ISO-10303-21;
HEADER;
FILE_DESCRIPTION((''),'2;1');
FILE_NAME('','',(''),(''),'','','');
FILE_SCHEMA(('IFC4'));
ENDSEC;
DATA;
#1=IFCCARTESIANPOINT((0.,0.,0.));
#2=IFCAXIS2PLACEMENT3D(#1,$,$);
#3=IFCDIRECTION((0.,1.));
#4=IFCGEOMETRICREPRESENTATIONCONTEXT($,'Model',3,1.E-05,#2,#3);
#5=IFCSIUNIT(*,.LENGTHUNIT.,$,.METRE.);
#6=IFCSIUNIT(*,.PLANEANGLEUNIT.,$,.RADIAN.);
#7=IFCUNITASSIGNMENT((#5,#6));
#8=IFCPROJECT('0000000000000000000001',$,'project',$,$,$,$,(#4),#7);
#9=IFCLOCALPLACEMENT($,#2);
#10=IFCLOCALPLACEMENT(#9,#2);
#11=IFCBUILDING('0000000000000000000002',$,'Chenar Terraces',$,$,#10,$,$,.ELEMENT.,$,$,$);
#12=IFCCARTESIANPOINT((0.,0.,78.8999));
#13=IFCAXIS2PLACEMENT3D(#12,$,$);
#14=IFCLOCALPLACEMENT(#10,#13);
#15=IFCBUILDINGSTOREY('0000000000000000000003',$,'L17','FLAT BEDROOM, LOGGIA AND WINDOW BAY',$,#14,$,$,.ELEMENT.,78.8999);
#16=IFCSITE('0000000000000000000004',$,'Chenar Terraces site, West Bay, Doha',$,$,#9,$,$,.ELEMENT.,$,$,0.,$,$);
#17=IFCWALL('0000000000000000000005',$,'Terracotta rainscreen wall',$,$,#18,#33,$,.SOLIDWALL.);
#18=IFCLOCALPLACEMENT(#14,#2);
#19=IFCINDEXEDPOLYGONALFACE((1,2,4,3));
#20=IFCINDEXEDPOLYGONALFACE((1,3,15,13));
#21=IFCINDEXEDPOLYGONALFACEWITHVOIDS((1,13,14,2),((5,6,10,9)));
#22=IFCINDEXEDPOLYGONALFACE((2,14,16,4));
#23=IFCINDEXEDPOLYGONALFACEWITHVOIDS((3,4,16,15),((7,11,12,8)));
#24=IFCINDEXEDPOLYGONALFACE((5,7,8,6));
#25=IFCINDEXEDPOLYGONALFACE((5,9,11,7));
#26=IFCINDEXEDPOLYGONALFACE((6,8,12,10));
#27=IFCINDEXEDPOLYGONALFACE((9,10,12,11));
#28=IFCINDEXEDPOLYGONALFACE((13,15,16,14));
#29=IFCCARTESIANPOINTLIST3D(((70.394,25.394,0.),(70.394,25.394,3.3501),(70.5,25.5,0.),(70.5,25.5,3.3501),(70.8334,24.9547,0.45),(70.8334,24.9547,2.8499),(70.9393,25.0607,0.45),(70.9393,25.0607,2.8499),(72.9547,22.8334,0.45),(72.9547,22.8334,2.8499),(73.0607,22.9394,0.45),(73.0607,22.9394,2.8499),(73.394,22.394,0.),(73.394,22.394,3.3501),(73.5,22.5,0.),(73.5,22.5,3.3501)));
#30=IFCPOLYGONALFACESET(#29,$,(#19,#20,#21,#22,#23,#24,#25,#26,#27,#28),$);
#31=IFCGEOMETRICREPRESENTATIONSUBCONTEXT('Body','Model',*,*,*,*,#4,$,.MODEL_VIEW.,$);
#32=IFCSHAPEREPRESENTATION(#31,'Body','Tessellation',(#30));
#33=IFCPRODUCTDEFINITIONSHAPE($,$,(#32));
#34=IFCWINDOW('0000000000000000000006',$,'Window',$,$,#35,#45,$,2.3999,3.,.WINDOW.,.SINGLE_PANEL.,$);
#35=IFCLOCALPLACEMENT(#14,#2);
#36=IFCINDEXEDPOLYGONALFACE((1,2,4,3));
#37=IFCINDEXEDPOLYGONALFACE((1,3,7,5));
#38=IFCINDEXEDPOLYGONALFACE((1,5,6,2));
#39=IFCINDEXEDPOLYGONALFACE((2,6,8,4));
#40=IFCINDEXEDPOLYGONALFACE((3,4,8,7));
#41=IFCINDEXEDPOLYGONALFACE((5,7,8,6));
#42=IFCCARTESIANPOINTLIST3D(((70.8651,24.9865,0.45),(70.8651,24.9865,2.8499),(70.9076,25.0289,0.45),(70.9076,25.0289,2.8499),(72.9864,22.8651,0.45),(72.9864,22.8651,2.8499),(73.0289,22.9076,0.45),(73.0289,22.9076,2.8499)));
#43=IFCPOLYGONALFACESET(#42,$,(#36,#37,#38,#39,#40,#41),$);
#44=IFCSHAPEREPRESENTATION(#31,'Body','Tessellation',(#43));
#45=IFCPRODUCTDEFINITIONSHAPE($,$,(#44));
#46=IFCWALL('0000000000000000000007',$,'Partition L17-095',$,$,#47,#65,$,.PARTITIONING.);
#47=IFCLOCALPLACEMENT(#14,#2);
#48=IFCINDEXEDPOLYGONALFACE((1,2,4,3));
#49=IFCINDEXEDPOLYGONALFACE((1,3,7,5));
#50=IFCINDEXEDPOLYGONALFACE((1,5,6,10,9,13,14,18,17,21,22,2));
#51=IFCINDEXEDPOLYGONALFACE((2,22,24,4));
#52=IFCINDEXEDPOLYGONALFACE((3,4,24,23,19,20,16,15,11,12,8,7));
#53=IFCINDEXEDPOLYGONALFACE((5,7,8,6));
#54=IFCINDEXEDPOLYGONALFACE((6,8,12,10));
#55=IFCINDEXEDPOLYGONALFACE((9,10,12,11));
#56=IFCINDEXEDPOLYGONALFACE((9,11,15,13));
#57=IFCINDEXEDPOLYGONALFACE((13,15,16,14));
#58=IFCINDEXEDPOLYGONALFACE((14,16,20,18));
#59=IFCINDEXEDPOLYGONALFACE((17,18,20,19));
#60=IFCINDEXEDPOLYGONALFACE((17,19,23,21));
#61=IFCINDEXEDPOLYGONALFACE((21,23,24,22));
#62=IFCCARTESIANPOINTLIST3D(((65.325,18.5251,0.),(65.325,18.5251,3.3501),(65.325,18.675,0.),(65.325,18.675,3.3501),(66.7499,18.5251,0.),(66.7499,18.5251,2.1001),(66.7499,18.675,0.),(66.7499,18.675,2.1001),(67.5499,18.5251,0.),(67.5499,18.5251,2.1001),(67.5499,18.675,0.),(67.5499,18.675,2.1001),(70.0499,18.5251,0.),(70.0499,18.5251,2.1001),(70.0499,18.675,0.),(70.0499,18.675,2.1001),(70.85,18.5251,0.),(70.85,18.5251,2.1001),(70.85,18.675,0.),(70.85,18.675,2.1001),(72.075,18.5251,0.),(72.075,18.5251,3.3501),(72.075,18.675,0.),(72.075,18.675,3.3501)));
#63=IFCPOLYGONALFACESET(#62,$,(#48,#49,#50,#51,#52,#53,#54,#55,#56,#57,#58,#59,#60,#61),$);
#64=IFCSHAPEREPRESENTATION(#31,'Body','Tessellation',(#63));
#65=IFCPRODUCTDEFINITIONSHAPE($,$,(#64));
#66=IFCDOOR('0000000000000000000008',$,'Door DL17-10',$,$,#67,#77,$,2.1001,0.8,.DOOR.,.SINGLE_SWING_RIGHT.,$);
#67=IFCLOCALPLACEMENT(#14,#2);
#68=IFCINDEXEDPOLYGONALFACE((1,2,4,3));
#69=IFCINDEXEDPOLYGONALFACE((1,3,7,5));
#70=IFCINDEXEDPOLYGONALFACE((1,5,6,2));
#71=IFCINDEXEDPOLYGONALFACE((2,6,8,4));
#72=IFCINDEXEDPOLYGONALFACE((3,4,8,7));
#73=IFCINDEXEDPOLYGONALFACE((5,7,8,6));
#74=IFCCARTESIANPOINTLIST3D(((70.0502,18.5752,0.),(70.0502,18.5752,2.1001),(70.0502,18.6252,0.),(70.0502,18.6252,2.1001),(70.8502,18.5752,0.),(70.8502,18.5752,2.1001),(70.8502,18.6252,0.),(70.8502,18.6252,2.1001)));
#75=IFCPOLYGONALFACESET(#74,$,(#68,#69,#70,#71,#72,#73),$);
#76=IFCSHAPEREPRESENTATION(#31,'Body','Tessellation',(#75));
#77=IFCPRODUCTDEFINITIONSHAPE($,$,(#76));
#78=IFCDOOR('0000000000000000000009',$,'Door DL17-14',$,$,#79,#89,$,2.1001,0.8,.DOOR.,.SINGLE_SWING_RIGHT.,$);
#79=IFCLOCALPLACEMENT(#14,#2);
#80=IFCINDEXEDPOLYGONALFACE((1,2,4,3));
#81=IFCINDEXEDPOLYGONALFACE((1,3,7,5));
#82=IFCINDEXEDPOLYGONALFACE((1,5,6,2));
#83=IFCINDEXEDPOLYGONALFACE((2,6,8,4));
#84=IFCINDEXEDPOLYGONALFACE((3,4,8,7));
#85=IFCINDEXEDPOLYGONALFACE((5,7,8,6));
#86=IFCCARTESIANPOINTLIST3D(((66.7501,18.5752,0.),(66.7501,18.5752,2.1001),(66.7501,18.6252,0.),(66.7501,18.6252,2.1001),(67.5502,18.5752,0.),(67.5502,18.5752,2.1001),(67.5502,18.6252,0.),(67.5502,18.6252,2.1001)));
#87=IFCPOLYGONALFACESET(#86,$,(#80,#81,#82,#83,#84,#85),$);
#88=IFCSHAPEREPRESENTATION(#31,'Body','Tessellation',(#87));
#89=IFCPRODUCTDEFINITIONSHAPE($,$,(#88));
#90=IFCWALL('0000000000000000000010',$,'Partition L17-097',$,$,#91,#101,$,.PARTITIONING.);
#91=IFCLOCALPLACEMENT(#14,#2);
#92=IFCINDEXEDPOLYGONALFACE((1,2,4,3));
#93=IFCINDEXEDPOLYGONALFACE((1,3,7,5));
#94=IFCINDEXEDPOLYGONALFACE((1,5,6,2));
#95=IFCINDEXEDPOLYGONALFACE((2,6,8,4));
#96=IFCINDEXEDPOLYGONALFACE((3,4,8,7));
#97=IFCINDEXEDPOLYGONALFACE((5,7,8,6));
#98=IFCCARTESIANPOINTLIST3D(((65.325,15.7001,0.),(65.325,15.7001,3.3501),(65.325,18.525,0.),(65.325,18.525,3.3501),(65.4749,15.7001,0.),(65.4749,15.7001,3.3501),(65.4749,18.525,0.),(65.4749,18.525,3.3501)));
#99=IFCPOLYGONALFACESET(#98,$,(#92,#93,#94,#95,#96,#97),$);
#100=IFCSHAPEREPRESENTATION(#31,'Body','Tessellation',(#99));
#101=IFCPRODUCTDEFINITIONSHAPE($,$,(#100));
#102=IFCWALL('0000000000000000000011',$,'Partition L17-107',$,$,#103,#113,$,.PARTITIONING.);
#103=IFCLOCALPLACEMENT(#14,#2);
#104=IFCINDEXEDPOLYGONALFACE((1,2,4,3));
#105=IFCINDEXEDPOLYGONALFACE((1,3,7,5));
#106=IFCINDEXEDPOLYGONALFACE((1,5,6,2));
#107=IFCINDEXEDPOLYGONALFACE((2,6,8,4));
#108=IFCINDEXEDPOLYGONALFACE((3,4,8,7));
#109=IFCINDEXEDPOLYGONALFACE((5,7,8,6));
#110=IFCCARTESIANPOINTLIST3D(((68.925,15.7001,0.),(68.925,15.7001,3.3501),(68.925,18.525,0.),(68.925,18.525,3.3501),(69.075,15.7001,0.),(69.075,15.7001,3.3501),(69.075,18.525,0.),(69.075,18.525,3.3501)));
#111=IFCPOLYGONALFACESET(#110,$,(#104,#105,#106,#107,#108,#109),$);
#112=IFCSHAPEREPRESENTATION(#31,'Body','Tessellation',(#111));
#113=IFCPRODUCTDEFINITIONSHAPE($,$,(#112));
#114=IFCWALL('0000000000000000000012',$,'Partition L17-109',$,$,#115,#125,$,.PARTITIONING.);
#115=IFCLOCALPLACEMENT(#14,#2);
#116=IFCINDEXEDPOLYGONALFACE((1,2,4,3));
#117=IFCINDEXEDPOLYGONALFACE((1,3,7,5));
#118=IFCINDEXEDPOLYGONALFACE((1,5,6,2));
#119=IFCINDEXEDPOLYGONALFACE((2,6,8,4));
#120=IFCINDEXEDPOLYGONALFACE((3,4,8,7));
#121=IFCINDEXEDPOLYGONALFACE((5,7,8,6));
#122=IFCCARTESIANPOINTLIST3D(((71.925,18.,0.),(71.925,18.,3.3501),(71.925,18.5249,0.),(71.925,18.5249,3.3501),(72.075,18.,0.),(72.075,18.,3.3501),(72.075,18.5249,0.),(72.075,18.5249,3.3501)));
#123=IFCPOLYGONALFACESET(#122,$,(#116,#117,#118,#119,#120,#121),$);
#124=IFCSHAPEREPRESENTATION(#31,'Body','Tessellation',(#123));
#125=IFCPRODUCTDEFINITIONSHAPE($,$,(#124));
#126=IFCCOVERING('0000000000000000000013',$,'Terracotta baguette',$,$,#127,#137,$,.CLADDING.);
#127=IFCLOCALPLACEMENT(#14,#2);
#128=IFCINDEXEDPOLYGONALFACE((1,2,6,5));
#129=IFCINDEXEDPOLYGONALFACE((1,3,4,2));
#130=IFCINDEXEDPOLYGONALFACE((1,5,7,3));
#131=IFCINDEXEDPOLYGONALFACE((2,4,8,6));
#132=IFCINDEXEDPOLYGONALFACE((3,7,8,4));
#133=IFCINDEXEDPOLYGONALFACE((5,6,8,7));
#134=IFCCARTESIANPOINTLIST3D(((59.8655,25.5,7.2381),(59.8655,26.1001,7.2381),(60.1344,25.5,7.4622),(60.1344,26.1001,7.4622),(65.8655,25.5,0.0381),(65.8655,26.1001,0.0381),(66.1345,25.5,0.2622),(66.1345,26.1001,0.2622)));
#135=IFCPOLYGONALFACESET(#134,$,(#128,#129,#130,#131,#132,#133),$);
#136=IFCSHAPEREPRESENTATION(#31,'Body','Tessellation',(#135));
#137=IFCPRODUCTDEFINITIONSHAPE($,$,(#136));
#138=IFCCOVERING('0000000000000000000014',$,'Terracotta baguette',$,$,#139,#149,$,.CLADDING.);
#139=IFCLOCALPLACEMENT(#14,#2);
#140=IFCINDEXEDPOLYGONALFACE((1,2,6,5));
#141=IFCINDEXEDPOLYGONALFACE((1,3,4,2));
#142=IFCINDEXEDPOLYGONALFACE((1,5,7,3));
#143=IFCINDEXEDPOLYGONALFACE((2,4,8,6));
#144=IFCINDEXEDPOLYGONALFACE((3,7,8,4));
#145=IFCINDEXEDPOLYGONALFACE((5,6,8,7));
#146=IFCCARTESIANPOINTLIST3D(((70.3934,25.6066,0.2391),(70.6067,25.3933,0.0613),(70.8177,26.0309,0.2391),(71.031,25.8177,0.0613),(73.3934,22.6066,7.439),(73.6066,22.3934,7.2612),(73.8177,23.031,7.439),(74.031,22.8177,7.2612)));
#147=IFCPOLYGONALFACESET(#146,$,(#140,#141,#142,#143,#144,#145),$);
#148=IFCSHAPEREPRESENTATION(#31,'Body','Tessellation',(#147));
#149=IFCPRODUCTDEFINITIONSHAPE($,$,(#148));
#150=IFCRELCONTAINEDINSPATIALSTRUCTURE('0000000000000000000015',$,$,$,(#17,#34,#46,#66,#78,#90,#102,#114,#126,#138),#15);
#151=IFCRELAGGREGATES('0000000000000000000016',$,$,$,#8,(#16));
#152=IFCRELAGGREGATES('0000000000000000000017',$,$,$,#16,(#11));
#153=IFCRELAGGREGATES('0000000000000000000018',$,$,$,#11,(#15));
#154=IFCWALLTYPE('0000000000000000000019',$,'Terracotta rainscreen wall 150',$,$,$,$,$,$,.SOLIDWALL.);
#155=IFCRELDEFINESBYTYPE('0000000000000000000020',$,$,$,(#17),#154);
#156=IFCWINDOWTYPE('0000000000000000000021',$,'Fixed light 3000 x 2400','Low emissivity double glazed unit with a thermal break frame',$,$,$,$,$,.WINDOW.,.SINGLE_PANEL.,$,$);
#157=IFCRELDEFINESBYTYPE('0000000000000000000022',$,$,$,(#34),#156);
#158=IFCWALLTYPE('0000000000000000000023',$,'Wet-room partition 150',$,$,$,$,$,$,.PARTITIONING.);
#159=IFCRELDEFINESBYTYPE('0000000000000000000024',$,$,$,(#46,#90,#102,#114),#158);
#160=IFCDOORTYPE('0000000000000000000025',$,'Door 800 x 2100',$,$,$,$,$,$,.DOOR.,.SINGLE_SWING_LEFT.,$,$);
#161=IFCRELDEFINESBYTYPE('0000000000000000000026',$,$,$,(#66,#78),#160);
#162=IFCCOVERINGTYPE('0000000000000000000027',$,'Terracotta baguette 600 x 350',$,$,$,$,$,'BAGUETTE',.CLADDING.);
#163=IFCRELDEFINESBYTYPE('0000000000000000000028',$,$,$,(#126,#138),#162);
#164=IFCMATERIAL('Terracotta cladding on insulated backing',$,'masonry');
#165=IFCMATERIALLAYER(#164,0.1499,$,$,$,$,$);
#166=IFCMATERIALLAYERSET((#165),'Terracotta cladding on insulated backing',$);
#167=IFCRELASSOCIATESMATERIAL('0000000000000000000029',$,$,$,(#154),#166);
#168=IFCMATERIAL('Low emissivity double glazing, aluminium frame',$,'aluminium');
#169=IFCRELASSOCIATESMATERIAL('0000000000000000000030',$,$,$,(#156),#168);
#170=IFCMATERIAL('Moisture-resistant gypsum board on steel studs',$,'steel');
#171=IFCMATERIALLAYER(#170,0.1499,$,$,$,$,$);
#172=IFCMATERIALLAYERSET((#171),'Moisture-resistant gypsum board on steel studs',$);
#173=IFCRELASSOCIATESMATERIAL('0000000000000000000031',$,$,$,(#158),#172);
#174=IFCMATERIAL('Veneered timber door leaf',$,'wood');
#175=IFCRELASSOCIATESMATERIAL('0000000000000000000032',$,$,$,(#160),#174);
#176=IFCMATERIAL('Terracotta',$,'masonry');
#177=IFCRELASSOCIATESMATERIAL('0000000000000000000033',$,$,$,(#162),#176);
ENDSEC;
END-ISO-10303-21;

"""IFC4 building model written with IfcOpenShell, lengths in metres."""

from ifc_helpers import new_model, si_unit, direction, frame, frame_2d, origin, origin_2d, place, context, subcontext, project, spatial, rectangle, extrude, material, layer, layer_set, material_profile, profile_set, type_object, element, fill, save


model = new_model("IFC4")

# Units and contexts
model_context = context("Model", 3, precision=1e-05, world=origin(), true_north=direction((0.0, 1.0)))
body_context = subcontext(model_context, "Body", "Model", "MODEL_VIEW")
ifc_project = project(units=[si_unit("LENGTHUNIT", "METRE"), si_unit("PLANEANGLEUNIT", "RADIAN")], contexts=[model_context])

# Site, building, storey
site_placement = place(None, origin())
site = spatial("IfcSite", under=ifc_project, at=site_placement, Name="Chenar Terraces site, West Bay, Doha", CompositionType="ELEMENT", RefElevation=0.0)
building_placement = place(site_placement, origin())
building = spatial("IfcBuilding", under=site, at=building_placement, Name="Chenar Terraces", CompositionType="ELEMENT")
storey_placement = place(building_placement, frame((0.0, 0.0, 78.8999)))
storey = spatial("IfcBuildingStorey", under=building, at=storey_placement, Name="L17", Description="FLAT BEDROOM, LOGGIA AND WINDOW BAY", CompositionType="ELEMENT", Elevation=78.8999)

# Wall, opening, window
ifc_material_1 = material(Name="Terracotta cladding on insulated backing", Category="masonry")
ifc_layer_1 = layer(ifc_material_1, 0.1499)
ifc_layer_set_1 = layer_set([ifc_layer_1], Name="Terracotta cladding on insulated backing")
wall_type_1 = type_object("IfcWallType", Name="Terracotta rainscreen wall 150", PredefinedType="SOLIDWALL", material=ifc_layer_set_1)
wall_1_placement = place(storey_placement, frame((73.447, 22.447, 0.0), z_axis=(0.0, 0.0, 1.0), x_axis=(-0.707107, 0.707107, 0.0)))
wall_1 = element("IfcWall", 1, at=wall_1_placement, inside=storey, type_object=wall_type_1, Name="Terracotta rainscreen wall", PredefinedType="SOLIDWALL", context=body_context, shape_type="SweptSolid", body=[
    extrude(rectangle(XDim=4.2427, YDim=0.1499, at=frame_2d((2.1213, 0.0))), origin(), (0.0, 0.0, 1.0), 3.3501),
])
opening_1_placement = place(wall_1_placement, frame((0.6213, 0.0, 0.45)))
opening_1 = element("IfcOpeningElement", 2, at=opening_1_placement, cuts=wall_1, PredefinedType="OPENING", context=body_context, shape_type="SweptSolid", body=[
    extrude(rectangle(XDim=3.0, YDim=2.3999, at=frame_2d((1.5, 1.2))), frame((0.0, 0.085, 0.0), z_axis=(0.0, -1.0, 0.0), x_axis=(1.0, 0.0, 0.0)), (0.0, 0.0, 1.0), 0.1699),
])
ifc_material_2 = material(Name="Low emissivity double glazing, aluminium frame", Category="aluminium")
window_type_1 = type_object("IfcWindowType", Name="Fixed light 3000 x 2400", Description="Low emissivity double glazed unit with a thermal break frame", PartitioningType="SINGLE_PANEL", PredefinedType="WINDOW", material=ifc_material_2)
window_1_placement = place(opening_1_placement, origin())
window_1 = element("IfcWindow", 3, at=window_1_placement, inside=storey, type_object=window_type_1, Name="Window", OverallHeight=2.3999, OverallWidth=3.0, PartitioningType="SINGLE_PANEL", PredefinedType="WINDOW", context=body_context, shape_type="SweptSolid", body=[
    extrude(rectangle(XDim=3.0, YDim=2.3999, at=frame_2d((1.5, 1.2))), frame((0.0, 0.03, 0.0), z_axis=(0.0, -1.0, 0.0), x_axis=(1.0, 0.0, 0.0)), (0.0, 0.0, 1.0), 0.0601),
])
fill(opening_1, window_1)

# Wall, openings, doors
ifc_material_3 = material(Name="Moisture-resistant gypsum board on steel studs", Category="steel")
ifc_layer_2 = layer(ifc_material_3, 0.1499)
ifc_layer_set_2 = layer_set([ifc_layer_2], Name="Moisture-resistant gypsum board on steel studs")
wall_type_2 = type_object("IfcWallType", Name="Wet-room partition 150", PredefinedType="PARTITIONING", material=ifc_layer_set_2)
wall_2_placement = place(storey_placement, frame((65.325, 18.6001, 0.0), z_axis=(0.0, 0.0, 1.0), x_axis=(1.0, 0.0, 0.0)))
wall_2 = element("IfcWall", 4, at=wall_2_placement, inside=storey, type_object=wall_type_2, Name="Partition L17-095", PredefinedType="PARTITIONING", context=body_context, shape_type="SweptSolid", body=[
    extrude(rectangle(XDim=6.75, YDim=0.1499, at=frame_2d((3.375, 0.0))), origin(), (0.0, 0.0, 1.0), 3.3501),
])
opening_2_placement = place(wall_2_placement, frame((4.7251, 0.0, 0.0)))
opening_2 = element("IfcOpeningElement", 5, at=opening_2_placement, cuts=wall_2, PredefinedType="OPENING", context=body_context, shape_type="SweptSolid", body=[
    extrude(rectangle(XDim=0.8, YDim=2.1001, at=frame_2d((0.3999, 1.05))), frame((0.0, 0.085, 0.0), z_axis=(0.0, -1.0, 0.0), x_axis=(1.0, 0.0, 0.0)), (0.0, 0.0, 1.0), 0.1699),
])
opening_3_placement = place(wall_2_placement, frame((1.425, 0.0, 0.0)))
opening_3 = element("IfcOpeningElement", 6, at=opening_3_placement, cuts=wall_2, PredefinedType="OPENING", context=body_context, shape_type="SweptSolid", body=[
    extrude(rectangle(XDim=0.8, YDim=2.1001, at=frame_2d((0.3999, 1.05))), frame((0.0, 0.085, 0.0), z_axis=(0.0, -1.0, 0.0), x_axis=(1.0, 0.0, 0.0)), (0.0, 0.0, 1.0), 0.1699),
])
ifc_material_4 = material(Name="Veneered timber door leaf", Category="wood")
door_type_1 = type_object("IfcDoorType", Name="Door 800 x 2100", OperationType="SINGLE_SWING_LEFT", PredefinedType="DOOR", material=ifc_material_4)
door_1_placement = place(opening_2_placement, frame((0.8, 0.0, 0.0), z_axis=(0.0, 0.0, 1.0), x_axis=(-1.0, 0.0, 0.0)))
door_1 = element("IfcDoor", 7, at=door_1_placement, inside=storey, type_object=door_type_1, Name="Door DL17-10", OperationType="SINGLE_SWING_RIGHT", OverallHeight=2.1001, OverallWidth=0.8, PredefinedType="DOOR", context=body_context, shape_type="SweptSolid", body=[
    extrude(rectangle(XDim=0.8, YDim=2.1001, at=frame_2d((0.3999, 1.05))), frame((0.0, 0.0249, 0.0), z_axis=(0.0, -1.0, 0.0), x_axis=(1.0, 0.0, 0.0)), (0.0, 0.0, 1.0), 0.05),
])
fill(opening_2, door_1)
door_2_placement = place(opening_3_placement, frame((0.8, 0.0, 0.0), z_axis=(0.0, 0.0, 1.0), x_axis=(-1.0, 0.0, 0.0)))
door_2 = element("IfcDoor", 8, at=door_2_placement, inside=storey, type_object=door_type_1, Name="Door DL17-14", OperationType="SINGLE_SWING_RIGHT", OverallHeight=2.1001, OverallWidth=0.8, PredefinedType="DOOR", context=body_context, shape_type="SweptSolid", body=[
    extrude(rectangle(XDim=0.8, YDim=2.1001, at=frame_2d((0.3999, 1.05))), frame((0.0, 0.0249, 0.0), z_axis=(0.0, -1.0, 0.0), x_axis=(1.0, 0.0, 0.0)), (0.0, 0.0, 1.0), 0.05),
])
fill(opening_3, door_2)

# Walls
for number, where, z_axis, x_axis, name in (
    (9, (65.3999, 15.7, 0.0), (0.0, 0.0, 1.0), (0.0, 1.0, 0.0), "Partition L17-097"),
    (10, (69.0, 15.7, 0.0), (0.0, 0.0, 1.0), (0.0, 1.0, 0.0), "Partition L17-107"),
):
    element("IfcWall", number, at=place(storey_placement, frame(where, z_axis=z_axis, x_axis=x_axis)), inside=storey, type_object=wall_type_2, Name=name, PredefinedType="PARTITIONING", context=body_context, shape_type="SweptSolid", body=[
        extrude(rectangle(XDim=2.825, YDim=0.1499, at=frame_2d((1.4126, 0.0))), origin(), (0.0, 0.0, 1.0), 3.3501),
    ])
wall_3_placement = place(storey_placement, frame((72.0, 18.0, 0.0), z_axis=(0.0, 0.0, 1.0), x_axis=(0.0, 1.0, 0.0)))
element("IfcWall", 11, at=wall_3_placement, inside=storey, type_object=wall_type_2, Name="Partition L17-109", PredefinedType="PARTITIONING", context=body_context, shape_type="SweptSolid", body=[
    extrude(rectangle(XDim=0.5249, YDim=0.1499, at=frame_2d((0.2625, 0.0))), origin(), (0.0, 0.0, 1.0), 3.3501),
])

# Coverings
ifc_material_5 = material(Name="Terracotta", Category="masonry")
ifc_material_profile = material_profile(ifc_material_5, rectangle(XDim=0.6001, YDim=0.3501, at=origin_2d()), Name="Terracotta baguette 600 x 350")
ifc_profile_set = profile_set([ifc_material_profile], Name="Terracotta")
covering_type = type_object("IfcCoveringType", Name="Terracotta baguette 600 x 350", ElementType="BAGUETTE", PredefinedType="CLADDING", material=ifc_profile_set)
covering_1_placement = place(storey_placement, frame((66.0, 25.8, 0.1501), z_axis=(-0.640187, 0.0, 0.768219), x_axis=(0.0, -1.0, 0.0)))
element("IfcCovering", 12, at=covering_1_placement, inside=storey, type_object=covering_type, Name="Terracotta baguette", PredefinedType="CLADDING", context=body_context, shape_type="SweptSolid", body=[
    extrude(rectangle(XDim=0.6001, YDim=0.3501, at=origin_2d()), origin(), (0.0, 0.0, 1.0), 9.3723),
])
covering_2_placement = place(storey_placement, frame((73.7122, 22.7122, 7.3501), z_axis=(-0.358981, 0.358981, -0.861548), x_axis=(-0.707107, -0.707107, 0.0)))
element("IfcCovering", 13, at=covering_2_placement, inside=storey, type_object=covering_type, Name="Terracotta baguette", PredefinedType="CLADDING", context=body_context, shape_type="SweptSolid", body=[
    extrude(rectangle(XDim=0.6001, YDim=0.3501, at=origin_2d()), origin(), (0.0, 0.0, 1.0), 8.3569),
])

save(model, "model.ifc")
